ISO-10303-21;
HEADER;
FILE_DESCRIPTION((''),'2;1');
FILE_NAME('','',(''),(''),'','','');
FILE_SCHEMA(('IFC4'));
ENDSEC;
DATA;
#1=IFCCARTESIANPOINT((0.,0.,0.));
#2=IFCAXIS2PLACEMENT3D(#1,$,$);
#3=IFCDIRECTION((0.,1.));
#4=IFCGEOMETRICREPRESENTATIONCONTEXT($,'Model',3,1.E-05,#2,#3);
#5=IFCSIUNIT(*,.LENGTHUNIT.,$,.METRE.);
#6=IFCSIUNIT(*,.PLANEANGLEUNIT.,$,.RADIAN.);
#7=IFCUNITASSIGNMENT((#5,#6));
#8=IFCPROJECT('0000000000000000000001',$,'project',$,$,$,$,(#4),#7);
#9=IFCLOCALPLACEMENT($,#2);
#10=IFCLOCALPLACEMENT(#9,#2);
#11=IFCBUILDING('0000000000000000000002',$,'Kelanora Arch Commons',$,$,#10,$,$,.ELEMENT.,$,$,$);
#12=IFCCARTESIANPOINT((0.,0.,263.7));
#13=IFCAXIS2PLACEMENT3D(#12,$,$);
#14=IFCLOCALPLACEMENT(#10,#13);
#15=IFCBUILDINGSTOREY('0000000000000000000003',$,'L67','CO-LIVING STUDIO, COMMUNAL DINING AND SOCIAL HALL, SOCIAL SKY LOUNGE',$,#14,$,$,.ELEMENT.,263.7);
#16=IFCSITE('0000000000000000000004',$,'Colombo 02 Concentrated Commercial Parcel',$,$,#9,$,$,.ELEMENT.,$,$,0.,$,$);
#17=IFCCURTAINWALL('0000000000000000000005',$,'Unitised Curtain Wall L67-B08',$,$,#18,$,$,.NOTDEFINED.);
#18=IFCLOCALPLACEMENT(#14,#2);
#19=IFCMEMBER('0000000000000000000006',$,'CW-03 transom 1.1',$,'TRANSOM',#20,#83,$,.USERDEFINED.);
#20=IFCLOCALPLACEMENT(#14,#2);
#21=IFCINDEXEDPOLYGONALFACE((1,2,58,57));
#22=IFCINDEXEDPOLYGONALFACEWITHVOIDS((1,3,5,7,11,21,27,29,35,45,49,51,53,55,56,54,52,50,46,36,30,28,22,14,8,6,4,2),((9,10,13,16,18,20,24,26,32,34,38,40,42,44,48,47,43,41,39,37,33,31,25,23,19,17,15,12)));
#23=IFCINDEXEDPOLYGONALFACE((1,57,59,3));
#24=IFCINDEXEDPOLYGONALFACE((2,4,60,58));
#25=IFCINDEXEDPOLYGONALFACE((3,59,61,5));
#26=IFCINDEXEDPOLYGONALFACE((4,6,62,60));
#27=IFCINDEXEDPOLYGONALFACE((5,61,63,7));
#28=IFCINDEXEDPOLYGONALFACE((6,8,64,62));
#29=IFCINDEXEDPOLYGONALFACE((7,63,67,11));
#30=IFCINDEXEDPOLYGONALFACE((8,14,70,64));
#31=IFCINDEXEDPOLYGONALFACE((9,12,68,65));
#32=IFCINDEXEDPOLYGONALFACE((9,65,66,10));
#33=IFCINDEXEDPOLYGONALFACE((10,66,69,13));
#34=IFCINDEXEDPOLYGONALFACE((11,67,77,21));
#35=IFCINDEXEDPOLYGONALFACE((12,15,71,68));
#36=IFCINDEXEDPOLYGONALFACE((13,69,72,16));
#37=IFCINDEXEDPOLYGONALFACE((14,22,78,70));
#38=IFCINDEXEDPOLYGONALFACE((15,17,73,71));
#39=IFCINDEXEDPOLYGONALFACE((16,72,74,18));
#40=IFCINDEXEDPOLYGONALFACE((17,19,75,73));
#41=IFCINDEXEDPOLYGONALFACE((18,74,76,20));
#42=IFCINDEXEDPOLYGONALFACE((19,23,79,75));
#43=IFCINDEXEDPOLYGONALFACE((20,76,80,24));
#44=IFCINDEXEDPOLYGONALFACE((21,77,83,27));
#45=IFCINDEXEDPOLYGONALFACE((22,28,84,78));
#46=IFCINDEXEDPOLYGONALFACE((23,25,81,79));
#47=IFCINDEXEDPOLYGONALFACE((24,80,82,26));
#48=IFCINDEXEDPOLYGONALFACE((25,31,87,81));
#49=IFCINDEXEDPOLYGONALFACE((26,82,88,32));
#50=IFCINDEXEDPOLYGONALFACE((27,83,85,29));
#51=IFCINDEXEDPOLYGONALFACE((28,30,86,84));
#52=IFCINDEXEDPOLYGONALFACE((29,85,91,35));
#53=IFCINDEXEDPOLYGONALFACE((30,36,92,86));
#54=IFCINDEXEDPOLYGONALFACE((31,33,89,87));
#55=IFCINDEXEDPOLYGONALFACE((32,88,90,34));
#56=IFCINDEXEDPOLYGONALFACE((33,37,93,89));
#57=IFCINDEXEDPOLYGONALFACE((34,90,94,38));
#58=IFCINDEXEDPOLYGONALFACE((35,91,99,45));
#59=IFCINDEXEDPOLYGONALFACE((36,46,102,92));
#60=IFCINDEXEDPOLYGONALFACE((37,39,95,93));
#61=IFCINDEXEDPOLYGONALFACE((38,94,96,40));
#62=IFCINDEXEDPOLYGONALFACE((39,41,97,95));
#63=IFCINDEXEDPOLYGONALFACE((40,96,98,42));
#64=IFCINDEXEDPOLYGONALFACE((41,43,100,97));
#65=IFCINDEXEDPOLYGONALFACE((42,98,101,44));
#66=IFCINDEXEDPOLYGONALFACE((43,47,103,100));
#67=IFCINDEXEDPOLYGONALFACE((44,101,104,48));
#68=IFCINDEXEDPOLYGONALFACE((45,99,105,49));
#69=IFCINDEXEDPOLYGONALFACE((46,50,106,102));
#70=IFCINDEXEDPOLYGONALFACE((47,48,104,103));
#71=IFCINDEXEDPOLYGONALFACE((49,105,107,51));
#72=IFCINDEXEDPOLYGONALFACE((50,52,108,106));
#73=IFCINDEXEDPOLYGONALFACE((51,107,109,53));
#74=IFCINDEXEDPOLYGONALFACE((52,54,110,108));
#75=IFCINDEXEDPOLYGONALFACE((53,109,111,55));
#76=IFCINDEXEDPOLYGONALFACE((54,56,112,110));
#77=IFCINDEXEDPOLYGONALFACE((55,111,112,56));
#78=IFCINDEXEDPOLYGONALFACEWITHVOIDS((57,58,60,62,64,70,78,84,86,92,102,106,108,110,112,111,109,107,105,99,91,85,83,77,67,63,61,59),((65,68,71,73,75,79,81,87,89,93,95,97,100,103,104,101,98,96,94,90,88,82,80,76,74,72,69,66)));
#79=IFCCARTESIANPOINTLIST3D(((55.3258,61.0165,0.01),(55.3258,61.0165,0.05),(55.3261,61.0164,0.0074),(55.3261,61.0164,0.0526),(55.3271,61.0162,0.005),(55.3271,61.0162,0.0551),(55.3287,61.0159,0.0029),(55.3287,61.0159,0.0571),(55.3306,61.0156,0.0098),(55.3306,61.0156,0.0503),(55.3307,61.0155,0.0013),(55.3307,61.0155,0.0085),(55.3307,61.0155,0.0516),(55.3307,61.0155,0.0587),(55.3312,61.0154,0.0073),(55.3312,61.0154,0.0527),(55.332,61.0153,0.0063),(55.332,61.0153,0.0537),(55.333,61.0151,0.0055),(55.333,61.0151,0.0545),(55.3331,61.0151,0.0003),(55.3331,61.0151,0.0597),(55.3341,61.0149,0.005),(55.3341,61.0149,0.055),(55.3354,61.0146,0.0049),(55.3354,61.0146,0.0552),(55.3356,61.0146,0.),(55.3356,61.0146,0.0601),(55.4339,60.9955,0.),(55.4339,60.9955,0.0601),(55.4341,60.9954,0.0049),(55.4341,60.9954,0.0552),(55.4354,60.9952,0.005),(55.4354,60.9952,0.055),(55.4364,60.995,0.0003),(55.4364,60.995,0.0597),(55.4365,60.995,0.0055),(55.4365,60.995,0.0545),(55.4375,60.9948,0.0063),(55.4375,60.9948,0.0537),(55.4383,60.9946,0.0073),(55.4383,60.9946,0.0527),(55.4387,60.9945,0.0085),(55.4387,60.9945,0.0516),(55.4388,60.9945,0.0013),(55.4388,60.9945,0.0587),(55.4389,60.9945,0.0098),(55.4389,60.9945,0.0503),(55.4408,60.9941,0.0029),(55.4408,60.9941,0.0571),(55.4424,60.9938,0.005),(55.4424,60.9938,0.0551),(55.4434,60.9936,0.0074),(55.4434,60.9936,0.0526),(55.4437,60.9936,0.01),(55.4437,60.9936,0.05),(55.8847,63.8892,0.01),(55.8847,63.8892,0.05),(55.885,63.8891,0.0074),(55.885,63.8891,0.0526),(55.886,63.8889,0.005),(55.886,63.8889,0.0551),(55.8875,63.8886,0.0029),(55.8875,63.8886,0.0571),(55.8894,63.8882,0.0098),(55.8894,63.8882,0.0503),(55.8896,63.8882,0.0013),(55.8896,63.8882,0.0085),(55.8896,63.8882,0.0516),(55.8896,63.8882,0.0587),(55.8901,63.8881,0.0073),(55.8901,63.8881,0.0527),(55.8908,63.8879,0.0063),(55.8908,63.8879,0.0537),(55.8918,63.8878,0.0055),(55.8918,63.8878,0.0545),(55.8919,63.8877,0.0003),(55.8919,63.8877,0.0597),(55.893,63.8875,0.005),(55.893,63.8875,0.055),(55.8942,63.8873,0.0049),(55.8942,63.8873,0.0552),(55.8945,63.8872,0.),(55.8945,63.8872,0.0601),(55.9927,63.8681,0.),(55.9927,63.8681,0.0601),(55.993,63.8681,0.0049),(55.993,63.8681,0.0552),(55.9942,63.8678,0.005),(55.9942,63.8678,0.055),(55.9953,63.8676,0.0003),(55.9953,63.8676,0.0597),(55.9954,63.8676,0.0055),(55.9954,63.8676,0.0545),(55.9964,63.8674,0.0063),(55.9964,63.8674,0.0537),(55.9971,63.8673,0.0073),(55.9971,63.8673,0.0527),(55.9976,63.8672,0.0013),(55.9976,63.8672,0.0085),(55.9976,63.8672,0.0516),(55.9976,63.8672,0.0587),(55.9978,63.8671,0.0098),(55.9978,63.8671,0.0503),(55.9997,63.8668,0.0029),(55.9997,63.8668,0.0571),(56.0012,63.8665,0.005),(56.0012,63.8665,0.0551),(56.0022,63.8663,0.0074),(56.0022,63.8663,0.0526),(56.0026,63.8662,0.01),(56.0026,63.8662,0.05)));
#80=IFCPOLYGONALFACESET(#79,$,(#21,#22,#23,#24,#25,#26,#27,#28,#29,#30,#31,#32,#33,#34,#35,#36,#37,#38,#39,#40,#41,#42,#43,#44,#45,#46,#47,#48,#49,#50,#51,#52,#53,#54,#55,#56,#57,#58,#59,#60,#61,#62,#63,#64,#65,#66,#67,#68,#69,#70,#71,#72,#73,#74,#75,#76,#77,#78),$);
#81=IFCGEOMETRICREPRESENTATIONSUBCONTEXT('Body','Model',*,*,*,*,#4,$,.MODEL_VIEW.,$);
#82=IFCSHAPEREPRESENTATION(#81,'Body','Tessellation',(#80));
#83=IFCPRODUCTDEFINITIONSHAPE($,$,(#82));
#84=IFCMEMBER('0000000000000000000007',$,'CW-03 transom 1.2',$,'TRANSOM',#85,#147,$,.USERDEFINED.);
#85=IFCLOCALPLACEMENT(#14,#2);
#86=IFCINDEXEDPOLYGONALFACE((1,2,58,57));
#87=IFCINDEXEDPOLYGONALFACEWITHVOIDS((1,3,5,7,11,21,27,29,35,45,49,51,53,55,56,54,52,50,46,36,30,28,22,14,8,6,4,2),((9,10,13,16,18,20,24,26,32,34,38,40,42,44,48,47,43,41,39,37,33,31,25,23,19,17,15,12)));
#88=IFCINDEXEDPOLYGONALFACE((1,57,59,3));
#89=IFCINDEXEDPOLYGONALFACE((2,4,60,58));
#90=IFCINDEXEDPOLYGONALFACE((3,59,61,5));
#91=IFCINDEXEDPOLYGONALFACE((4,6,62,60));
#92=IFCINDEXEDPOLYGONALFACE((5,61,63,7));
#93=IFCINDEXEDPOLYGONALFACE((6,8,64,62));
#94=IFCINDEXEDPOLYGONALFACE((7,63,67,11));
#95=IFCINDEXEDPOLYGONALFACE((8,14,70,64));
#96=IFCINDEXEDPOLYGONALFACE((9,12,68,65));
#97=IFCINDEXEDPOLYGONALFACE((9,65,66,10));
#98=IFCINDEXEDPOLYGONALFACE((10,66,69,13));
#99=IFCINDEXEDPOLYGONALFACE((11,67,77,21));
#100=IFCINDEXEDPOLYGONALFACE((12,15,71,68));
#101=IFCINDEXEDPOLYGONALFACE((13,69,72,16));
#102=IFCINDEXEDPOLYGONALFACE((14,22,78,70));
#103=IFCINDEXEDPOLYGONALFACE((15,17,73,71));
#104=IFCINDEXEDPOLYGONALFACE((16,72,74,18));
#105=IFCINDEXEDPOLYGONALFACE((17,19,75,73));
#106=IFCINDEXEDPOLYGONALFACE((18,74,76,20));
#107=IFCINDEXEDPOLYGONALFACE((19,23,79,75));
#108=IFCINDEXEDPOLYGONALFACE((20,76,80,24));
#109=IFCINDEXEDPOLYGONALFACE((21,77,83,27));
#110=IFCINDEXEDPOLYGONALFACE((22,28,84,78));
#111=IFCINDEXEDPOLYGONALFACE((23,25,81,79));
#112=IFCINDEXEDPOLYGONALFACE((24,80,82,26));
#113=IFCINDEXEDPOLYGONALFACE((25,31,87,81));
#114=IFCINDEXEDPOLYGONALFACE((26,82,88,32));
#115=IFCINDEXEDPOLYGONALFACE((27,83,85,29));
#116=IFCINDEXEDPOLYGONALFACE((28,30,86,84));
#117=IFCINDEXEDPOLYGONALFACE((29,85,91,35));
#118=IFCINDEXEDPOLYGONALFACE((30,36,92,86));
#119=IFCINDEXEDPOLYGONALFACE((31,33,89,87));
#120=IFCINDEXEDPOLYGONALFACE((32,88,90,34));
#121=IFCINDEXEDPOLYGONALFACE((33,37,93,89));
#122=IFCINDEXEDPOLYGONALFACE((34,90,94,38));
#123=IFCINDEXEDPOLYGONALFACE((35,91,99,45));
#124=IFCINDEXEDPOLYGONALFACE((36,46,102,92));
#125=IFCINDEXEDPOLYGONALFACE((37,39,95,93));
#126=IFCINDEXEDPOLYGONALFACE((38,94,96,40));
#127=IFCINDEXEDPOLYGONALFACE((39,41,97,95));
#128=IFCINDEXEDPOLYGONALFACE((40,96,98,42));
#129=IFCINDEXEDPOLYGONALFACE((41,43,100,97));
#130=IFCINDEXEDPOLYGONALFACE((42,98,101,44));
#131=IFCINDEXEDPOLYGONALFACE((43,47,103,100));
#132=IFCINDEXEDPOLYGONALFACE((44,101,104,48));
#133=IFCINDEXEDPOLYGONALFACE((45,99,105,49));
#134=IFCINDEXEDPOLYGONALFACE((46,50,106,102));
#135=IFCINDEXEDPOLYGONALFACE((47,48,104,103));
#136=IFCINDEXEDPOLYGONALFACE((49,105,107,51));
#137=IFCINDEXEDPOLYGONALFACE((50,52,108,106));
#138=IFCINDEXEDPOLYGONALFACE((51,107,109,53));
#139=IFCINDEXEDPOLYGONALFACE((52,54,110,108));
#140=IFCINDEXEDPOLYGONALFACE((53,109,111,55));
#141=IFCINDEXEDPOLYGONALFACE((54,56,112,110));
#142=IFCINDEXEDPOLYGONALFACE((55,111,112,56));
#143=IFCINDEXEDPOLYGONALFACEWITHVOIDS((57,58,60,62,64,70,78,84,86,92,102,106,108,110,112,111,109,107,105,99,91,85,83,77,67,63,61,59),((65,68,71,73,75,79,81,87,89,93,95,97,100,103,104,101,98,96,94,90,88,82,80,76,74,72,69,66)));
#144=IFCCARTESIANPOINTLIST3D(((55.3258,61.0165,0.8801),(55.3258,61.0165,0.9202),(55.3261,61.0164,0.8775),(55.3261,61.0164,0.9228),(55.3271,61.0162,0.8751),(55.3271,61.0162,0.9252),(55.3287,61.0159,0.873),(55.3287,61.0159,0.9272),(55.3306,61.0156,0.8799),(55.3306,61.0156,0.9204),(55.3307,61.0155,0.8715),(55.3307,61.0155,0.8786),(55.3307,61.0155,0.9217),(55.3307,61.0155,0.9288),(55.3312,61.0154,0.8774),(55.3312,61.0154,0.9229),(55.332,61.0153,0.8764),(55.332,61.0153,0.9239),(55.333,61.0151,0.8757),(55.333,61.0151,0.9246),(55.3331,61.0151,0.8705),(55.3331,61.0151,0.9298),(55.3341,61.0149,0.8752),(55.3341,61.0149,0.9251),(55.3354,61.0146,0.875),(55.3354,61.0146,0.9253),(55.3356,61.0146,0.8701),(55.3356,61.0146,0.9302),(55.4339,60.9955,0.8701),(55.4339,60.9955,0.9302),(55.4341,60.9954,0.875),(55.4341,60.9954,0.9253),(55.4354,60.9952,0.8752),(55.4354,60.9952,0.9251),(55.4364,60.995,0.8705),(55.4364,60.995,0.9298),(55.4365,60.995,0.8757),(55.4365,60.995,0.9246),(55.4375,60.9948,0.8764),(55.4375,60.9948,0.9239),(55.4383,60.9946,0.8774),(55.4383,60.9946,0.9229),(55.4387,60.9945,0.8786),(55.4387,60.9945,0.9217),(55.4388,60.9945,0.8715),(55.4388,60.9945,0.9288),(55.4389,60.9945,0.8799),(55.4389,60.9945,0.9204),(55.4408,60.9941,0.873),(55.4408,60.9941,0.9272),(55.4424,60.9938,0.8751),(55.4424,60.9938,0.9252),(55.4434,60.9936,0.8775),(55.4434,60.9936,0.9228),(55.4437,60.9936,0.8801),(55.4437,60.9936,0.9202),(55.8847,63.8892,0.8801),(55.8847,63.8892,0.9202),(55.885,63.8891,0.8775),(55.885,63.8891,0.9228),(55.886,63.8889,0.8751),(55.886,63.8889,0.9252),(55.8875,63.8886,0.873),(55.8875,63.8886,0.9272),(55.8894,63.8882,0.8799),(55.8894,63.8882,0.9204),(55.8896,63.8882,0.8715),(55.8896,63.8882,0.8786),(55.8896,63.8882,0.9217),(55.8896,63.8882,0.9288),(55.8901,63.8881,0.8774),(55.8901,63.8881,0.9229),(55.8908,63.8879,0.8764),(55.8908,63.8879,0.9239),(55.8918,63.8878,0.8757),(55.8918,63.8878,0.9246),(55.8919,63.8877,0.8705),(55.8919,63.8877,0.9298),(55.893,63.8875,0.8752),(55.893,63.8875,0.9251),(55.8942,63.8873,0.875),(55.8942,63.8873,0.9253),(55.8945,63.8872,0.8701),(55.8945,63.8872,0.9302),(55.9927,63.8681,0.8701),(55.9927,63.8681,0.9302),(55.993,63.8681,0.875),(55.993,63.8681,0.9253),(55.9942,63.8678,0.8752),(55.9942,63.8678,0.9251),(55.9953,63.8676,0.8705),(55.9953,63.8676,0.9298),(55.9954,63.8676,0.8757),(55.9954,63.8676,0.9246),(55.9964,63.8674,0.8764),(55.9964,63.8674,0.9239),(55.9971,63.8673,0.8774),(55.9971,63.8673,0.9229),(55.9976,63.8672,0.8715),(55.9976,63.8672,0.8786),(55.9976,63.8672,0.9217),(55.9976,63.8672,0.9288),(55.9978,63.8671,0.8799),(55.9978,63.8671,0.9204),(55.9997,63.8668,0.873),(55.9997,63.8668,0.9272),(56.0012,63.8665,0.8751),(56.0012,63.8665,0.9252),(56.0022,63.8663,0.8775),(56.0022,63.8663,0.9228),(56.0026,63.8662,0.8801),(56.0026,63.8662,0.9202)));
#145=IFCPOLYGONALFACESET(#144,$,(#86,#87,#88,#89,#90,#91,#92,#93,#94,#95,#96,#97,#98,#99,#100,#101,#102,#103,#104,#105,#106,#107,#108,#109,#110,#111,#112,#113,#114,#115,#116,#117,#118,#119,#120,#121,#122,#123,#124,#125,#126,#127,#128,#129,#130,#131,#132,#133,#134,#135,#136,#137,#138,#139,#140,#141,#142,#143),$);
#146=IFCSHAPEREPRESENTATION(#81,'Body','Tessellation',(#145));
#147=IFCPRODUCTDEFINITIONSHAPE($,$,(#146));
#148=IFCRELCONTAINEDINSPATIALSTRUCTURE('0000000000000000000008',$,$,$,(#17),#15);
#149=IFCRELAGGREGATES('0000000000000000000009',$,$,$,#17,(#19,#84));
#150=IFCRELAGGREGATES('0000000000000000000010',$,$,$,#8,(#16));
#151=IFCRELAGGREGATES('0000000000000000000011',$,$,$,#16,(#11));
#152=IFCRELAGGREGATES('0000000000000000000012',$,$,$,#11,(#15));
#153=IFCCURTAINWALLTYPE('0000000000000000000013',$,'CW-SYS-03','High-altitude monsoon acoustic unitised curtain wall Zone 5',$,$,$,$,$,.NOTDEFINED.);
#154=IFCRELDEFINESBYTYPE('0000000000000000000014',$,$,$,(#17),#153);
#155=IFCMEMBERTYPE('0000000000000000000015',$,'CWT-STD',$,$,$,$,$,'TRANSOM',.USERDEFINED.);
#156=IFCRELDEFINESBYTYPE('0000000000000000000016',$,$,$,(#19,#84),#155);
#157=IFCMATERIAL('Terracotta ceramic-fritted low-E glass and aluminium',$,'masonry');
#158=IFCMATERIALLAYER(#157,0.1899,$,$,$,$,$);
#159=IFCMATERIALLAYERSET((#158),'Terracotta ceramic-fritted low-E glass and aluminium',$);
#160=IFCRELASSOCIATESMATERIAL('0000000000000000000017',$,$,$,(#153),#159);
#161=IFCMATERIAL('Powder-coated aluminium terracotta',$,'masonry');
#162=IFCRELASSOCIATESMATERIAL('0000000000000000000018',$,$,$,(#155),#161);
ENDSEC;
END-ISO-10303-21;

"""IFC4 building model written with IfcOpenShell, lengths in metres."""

from ifc_helpers import new_model, si_unit, direction, frame, origin, origin_2d, place, context, subcontext, project, spatial, hollow_rectangle, extrude, material, layer, layer_set, material_profile, profile_set, type_object, element, aggregate, save


model = new_model("IFC4")

# Units and contexts
model_context = context("Model", 3, precision=1e-05, world=origin(), true_north=direction((0.0, 1.0)))
body_context = subcontext(model_context, "Body", "Model", "MODEL_VIEW")
ifc_project = project(units=[si_unit("LENGTHUNIT", "METRE"), si_unit("PLANEANGLEUNIT", "RADIAN")], contexts=[model_context])

# Site, building, storey
site_placement = place(None, origin())
site = spatial("IfcSite", under=ifc_project, at=site_placement, Name="Colombo 02 Concentrated Commercial Parcel", CompositionType="ELEMENT", RefElevation=0.0)
building_placement = place(site_placement, origin())
building = spatial("IfcBuilding", under=site, at=building_placement, Name="Kelanora Arch Commons", CompositionType="ELEMENT")
storey_placement = place(building_placement, frame((0.0, 0.0, 263.7)))
storey = spatial("IfcBuildingStorey", under=building, at=storey_placement, Name="L67", Description="CO-LIVING STUDIO, COMMUNAL DINING AND SOCIAL HALL, SOCIAL SKY LOUNGE", CompositionType="ELEMENT", Elevation=263.7)

# Curtain wall, members
ifc_material_1 = material(Name="Terracotta ceramic-fritted low-E glass and aluminium", Category="masonry")
ifc_layer_1 = layer(ifc_material_1, 0.1899)
ifc_layer_set_1 = layer_set([ifc_layer_1], Name="Terracotta ceramic-fritted low-E glass and aluminium")
curtain_wall_type = type_object("IfcCurtainWallType", Name="CW-SYS-03", Description="High-altitude monsoon acoustic unitised curtain wall Zone 5", PredefinedType="NOTDEFINED", material=ifc_layer_set_1)
curtain_wall_placement = place(storey_placement, origin())
curtain_wall = element("IfcCurtainWall", 1, at=curtain_wall_placement, inside=storey, type_object=curtain_wall_type, Name="Unitised Curtain Wall L67-B08", PredefinedType="NOTDEFINED")
ifc_material_2 = material(Name="Powder-coated aluminium terracotta", Category="masonry")
ifc_material_profile_1 = material_profile(ifc_material_2, hollow_rectangle(XDim=0.1201, YDim=0.0601, WallThickness=0.0049, InnerFilletRadius=0.0049, OuterFilletRadius=0.01, at=origin_2d()), Name="CWT120x60")
ifc_profile_set_1 = profile_set([ifc_material_profile_1], Name="Powder-coated aluminium terracotta")
member_type_1 = type_object("IfcMemberType", Name="CWT-STD", ElementType="TRANSOM", PredefinedType="USERDEFINED", material=ifc_profile_set_1)
member_1_placement = place(storey_placement, frame((55.9436, 63.8777, 0.03), z_axis=(-0.190963, -0.981597, 0.0), x_axis=(0.981597, -0.190963, 0.0)))
member_1 = element("IfcMember", 2, at=member_1_placement, type_object=member_type_1, Name="CW-03 transom 1.1", ObjectType="TRANSOM", PredefinedType="USERDEFINED", context=body_context, shape_type="SweptSolid", body=[
    extrude(hollow_rectangle(XDim=0.1201, YDim=0.0601, WallThickness=0.0049, InnerFilletRadius=0.0049, OuterFilletRadius=0.01, at=origin_2d()), origin(), (0.0, 0.0, 1.0), 2.9265),
])
member_2_placement = place(storey_placement, frame((55.9436, 63.8777, 0.9001), z_axis=(-0.190963, -0.981597, 0.0), x_axis=(0.981597, -0.190963, 0.0)))
member_2 = element("IfcMember", 3, at=member_2_placement, type_object=member_type_1, Name="CW-03 transom 1.2", ObjectType="TRANSOM", PredefinedType="USERDEFINED", context=body_context, shape_type="SweptSolid", body=[
    extrude(hollow_rectangle(XDim=0.1201, YDim=0.0601, WallThickness=0.0049, InnerFilletRadius=0.0049, OuterFilletRadius=0.01, at=origin_2d()), origin(), (0.0, 0.0, 1.0), 2.9265),
])
aggregate(curtain_wall, [member_1, member_2])

save(model, "model.ifc")
